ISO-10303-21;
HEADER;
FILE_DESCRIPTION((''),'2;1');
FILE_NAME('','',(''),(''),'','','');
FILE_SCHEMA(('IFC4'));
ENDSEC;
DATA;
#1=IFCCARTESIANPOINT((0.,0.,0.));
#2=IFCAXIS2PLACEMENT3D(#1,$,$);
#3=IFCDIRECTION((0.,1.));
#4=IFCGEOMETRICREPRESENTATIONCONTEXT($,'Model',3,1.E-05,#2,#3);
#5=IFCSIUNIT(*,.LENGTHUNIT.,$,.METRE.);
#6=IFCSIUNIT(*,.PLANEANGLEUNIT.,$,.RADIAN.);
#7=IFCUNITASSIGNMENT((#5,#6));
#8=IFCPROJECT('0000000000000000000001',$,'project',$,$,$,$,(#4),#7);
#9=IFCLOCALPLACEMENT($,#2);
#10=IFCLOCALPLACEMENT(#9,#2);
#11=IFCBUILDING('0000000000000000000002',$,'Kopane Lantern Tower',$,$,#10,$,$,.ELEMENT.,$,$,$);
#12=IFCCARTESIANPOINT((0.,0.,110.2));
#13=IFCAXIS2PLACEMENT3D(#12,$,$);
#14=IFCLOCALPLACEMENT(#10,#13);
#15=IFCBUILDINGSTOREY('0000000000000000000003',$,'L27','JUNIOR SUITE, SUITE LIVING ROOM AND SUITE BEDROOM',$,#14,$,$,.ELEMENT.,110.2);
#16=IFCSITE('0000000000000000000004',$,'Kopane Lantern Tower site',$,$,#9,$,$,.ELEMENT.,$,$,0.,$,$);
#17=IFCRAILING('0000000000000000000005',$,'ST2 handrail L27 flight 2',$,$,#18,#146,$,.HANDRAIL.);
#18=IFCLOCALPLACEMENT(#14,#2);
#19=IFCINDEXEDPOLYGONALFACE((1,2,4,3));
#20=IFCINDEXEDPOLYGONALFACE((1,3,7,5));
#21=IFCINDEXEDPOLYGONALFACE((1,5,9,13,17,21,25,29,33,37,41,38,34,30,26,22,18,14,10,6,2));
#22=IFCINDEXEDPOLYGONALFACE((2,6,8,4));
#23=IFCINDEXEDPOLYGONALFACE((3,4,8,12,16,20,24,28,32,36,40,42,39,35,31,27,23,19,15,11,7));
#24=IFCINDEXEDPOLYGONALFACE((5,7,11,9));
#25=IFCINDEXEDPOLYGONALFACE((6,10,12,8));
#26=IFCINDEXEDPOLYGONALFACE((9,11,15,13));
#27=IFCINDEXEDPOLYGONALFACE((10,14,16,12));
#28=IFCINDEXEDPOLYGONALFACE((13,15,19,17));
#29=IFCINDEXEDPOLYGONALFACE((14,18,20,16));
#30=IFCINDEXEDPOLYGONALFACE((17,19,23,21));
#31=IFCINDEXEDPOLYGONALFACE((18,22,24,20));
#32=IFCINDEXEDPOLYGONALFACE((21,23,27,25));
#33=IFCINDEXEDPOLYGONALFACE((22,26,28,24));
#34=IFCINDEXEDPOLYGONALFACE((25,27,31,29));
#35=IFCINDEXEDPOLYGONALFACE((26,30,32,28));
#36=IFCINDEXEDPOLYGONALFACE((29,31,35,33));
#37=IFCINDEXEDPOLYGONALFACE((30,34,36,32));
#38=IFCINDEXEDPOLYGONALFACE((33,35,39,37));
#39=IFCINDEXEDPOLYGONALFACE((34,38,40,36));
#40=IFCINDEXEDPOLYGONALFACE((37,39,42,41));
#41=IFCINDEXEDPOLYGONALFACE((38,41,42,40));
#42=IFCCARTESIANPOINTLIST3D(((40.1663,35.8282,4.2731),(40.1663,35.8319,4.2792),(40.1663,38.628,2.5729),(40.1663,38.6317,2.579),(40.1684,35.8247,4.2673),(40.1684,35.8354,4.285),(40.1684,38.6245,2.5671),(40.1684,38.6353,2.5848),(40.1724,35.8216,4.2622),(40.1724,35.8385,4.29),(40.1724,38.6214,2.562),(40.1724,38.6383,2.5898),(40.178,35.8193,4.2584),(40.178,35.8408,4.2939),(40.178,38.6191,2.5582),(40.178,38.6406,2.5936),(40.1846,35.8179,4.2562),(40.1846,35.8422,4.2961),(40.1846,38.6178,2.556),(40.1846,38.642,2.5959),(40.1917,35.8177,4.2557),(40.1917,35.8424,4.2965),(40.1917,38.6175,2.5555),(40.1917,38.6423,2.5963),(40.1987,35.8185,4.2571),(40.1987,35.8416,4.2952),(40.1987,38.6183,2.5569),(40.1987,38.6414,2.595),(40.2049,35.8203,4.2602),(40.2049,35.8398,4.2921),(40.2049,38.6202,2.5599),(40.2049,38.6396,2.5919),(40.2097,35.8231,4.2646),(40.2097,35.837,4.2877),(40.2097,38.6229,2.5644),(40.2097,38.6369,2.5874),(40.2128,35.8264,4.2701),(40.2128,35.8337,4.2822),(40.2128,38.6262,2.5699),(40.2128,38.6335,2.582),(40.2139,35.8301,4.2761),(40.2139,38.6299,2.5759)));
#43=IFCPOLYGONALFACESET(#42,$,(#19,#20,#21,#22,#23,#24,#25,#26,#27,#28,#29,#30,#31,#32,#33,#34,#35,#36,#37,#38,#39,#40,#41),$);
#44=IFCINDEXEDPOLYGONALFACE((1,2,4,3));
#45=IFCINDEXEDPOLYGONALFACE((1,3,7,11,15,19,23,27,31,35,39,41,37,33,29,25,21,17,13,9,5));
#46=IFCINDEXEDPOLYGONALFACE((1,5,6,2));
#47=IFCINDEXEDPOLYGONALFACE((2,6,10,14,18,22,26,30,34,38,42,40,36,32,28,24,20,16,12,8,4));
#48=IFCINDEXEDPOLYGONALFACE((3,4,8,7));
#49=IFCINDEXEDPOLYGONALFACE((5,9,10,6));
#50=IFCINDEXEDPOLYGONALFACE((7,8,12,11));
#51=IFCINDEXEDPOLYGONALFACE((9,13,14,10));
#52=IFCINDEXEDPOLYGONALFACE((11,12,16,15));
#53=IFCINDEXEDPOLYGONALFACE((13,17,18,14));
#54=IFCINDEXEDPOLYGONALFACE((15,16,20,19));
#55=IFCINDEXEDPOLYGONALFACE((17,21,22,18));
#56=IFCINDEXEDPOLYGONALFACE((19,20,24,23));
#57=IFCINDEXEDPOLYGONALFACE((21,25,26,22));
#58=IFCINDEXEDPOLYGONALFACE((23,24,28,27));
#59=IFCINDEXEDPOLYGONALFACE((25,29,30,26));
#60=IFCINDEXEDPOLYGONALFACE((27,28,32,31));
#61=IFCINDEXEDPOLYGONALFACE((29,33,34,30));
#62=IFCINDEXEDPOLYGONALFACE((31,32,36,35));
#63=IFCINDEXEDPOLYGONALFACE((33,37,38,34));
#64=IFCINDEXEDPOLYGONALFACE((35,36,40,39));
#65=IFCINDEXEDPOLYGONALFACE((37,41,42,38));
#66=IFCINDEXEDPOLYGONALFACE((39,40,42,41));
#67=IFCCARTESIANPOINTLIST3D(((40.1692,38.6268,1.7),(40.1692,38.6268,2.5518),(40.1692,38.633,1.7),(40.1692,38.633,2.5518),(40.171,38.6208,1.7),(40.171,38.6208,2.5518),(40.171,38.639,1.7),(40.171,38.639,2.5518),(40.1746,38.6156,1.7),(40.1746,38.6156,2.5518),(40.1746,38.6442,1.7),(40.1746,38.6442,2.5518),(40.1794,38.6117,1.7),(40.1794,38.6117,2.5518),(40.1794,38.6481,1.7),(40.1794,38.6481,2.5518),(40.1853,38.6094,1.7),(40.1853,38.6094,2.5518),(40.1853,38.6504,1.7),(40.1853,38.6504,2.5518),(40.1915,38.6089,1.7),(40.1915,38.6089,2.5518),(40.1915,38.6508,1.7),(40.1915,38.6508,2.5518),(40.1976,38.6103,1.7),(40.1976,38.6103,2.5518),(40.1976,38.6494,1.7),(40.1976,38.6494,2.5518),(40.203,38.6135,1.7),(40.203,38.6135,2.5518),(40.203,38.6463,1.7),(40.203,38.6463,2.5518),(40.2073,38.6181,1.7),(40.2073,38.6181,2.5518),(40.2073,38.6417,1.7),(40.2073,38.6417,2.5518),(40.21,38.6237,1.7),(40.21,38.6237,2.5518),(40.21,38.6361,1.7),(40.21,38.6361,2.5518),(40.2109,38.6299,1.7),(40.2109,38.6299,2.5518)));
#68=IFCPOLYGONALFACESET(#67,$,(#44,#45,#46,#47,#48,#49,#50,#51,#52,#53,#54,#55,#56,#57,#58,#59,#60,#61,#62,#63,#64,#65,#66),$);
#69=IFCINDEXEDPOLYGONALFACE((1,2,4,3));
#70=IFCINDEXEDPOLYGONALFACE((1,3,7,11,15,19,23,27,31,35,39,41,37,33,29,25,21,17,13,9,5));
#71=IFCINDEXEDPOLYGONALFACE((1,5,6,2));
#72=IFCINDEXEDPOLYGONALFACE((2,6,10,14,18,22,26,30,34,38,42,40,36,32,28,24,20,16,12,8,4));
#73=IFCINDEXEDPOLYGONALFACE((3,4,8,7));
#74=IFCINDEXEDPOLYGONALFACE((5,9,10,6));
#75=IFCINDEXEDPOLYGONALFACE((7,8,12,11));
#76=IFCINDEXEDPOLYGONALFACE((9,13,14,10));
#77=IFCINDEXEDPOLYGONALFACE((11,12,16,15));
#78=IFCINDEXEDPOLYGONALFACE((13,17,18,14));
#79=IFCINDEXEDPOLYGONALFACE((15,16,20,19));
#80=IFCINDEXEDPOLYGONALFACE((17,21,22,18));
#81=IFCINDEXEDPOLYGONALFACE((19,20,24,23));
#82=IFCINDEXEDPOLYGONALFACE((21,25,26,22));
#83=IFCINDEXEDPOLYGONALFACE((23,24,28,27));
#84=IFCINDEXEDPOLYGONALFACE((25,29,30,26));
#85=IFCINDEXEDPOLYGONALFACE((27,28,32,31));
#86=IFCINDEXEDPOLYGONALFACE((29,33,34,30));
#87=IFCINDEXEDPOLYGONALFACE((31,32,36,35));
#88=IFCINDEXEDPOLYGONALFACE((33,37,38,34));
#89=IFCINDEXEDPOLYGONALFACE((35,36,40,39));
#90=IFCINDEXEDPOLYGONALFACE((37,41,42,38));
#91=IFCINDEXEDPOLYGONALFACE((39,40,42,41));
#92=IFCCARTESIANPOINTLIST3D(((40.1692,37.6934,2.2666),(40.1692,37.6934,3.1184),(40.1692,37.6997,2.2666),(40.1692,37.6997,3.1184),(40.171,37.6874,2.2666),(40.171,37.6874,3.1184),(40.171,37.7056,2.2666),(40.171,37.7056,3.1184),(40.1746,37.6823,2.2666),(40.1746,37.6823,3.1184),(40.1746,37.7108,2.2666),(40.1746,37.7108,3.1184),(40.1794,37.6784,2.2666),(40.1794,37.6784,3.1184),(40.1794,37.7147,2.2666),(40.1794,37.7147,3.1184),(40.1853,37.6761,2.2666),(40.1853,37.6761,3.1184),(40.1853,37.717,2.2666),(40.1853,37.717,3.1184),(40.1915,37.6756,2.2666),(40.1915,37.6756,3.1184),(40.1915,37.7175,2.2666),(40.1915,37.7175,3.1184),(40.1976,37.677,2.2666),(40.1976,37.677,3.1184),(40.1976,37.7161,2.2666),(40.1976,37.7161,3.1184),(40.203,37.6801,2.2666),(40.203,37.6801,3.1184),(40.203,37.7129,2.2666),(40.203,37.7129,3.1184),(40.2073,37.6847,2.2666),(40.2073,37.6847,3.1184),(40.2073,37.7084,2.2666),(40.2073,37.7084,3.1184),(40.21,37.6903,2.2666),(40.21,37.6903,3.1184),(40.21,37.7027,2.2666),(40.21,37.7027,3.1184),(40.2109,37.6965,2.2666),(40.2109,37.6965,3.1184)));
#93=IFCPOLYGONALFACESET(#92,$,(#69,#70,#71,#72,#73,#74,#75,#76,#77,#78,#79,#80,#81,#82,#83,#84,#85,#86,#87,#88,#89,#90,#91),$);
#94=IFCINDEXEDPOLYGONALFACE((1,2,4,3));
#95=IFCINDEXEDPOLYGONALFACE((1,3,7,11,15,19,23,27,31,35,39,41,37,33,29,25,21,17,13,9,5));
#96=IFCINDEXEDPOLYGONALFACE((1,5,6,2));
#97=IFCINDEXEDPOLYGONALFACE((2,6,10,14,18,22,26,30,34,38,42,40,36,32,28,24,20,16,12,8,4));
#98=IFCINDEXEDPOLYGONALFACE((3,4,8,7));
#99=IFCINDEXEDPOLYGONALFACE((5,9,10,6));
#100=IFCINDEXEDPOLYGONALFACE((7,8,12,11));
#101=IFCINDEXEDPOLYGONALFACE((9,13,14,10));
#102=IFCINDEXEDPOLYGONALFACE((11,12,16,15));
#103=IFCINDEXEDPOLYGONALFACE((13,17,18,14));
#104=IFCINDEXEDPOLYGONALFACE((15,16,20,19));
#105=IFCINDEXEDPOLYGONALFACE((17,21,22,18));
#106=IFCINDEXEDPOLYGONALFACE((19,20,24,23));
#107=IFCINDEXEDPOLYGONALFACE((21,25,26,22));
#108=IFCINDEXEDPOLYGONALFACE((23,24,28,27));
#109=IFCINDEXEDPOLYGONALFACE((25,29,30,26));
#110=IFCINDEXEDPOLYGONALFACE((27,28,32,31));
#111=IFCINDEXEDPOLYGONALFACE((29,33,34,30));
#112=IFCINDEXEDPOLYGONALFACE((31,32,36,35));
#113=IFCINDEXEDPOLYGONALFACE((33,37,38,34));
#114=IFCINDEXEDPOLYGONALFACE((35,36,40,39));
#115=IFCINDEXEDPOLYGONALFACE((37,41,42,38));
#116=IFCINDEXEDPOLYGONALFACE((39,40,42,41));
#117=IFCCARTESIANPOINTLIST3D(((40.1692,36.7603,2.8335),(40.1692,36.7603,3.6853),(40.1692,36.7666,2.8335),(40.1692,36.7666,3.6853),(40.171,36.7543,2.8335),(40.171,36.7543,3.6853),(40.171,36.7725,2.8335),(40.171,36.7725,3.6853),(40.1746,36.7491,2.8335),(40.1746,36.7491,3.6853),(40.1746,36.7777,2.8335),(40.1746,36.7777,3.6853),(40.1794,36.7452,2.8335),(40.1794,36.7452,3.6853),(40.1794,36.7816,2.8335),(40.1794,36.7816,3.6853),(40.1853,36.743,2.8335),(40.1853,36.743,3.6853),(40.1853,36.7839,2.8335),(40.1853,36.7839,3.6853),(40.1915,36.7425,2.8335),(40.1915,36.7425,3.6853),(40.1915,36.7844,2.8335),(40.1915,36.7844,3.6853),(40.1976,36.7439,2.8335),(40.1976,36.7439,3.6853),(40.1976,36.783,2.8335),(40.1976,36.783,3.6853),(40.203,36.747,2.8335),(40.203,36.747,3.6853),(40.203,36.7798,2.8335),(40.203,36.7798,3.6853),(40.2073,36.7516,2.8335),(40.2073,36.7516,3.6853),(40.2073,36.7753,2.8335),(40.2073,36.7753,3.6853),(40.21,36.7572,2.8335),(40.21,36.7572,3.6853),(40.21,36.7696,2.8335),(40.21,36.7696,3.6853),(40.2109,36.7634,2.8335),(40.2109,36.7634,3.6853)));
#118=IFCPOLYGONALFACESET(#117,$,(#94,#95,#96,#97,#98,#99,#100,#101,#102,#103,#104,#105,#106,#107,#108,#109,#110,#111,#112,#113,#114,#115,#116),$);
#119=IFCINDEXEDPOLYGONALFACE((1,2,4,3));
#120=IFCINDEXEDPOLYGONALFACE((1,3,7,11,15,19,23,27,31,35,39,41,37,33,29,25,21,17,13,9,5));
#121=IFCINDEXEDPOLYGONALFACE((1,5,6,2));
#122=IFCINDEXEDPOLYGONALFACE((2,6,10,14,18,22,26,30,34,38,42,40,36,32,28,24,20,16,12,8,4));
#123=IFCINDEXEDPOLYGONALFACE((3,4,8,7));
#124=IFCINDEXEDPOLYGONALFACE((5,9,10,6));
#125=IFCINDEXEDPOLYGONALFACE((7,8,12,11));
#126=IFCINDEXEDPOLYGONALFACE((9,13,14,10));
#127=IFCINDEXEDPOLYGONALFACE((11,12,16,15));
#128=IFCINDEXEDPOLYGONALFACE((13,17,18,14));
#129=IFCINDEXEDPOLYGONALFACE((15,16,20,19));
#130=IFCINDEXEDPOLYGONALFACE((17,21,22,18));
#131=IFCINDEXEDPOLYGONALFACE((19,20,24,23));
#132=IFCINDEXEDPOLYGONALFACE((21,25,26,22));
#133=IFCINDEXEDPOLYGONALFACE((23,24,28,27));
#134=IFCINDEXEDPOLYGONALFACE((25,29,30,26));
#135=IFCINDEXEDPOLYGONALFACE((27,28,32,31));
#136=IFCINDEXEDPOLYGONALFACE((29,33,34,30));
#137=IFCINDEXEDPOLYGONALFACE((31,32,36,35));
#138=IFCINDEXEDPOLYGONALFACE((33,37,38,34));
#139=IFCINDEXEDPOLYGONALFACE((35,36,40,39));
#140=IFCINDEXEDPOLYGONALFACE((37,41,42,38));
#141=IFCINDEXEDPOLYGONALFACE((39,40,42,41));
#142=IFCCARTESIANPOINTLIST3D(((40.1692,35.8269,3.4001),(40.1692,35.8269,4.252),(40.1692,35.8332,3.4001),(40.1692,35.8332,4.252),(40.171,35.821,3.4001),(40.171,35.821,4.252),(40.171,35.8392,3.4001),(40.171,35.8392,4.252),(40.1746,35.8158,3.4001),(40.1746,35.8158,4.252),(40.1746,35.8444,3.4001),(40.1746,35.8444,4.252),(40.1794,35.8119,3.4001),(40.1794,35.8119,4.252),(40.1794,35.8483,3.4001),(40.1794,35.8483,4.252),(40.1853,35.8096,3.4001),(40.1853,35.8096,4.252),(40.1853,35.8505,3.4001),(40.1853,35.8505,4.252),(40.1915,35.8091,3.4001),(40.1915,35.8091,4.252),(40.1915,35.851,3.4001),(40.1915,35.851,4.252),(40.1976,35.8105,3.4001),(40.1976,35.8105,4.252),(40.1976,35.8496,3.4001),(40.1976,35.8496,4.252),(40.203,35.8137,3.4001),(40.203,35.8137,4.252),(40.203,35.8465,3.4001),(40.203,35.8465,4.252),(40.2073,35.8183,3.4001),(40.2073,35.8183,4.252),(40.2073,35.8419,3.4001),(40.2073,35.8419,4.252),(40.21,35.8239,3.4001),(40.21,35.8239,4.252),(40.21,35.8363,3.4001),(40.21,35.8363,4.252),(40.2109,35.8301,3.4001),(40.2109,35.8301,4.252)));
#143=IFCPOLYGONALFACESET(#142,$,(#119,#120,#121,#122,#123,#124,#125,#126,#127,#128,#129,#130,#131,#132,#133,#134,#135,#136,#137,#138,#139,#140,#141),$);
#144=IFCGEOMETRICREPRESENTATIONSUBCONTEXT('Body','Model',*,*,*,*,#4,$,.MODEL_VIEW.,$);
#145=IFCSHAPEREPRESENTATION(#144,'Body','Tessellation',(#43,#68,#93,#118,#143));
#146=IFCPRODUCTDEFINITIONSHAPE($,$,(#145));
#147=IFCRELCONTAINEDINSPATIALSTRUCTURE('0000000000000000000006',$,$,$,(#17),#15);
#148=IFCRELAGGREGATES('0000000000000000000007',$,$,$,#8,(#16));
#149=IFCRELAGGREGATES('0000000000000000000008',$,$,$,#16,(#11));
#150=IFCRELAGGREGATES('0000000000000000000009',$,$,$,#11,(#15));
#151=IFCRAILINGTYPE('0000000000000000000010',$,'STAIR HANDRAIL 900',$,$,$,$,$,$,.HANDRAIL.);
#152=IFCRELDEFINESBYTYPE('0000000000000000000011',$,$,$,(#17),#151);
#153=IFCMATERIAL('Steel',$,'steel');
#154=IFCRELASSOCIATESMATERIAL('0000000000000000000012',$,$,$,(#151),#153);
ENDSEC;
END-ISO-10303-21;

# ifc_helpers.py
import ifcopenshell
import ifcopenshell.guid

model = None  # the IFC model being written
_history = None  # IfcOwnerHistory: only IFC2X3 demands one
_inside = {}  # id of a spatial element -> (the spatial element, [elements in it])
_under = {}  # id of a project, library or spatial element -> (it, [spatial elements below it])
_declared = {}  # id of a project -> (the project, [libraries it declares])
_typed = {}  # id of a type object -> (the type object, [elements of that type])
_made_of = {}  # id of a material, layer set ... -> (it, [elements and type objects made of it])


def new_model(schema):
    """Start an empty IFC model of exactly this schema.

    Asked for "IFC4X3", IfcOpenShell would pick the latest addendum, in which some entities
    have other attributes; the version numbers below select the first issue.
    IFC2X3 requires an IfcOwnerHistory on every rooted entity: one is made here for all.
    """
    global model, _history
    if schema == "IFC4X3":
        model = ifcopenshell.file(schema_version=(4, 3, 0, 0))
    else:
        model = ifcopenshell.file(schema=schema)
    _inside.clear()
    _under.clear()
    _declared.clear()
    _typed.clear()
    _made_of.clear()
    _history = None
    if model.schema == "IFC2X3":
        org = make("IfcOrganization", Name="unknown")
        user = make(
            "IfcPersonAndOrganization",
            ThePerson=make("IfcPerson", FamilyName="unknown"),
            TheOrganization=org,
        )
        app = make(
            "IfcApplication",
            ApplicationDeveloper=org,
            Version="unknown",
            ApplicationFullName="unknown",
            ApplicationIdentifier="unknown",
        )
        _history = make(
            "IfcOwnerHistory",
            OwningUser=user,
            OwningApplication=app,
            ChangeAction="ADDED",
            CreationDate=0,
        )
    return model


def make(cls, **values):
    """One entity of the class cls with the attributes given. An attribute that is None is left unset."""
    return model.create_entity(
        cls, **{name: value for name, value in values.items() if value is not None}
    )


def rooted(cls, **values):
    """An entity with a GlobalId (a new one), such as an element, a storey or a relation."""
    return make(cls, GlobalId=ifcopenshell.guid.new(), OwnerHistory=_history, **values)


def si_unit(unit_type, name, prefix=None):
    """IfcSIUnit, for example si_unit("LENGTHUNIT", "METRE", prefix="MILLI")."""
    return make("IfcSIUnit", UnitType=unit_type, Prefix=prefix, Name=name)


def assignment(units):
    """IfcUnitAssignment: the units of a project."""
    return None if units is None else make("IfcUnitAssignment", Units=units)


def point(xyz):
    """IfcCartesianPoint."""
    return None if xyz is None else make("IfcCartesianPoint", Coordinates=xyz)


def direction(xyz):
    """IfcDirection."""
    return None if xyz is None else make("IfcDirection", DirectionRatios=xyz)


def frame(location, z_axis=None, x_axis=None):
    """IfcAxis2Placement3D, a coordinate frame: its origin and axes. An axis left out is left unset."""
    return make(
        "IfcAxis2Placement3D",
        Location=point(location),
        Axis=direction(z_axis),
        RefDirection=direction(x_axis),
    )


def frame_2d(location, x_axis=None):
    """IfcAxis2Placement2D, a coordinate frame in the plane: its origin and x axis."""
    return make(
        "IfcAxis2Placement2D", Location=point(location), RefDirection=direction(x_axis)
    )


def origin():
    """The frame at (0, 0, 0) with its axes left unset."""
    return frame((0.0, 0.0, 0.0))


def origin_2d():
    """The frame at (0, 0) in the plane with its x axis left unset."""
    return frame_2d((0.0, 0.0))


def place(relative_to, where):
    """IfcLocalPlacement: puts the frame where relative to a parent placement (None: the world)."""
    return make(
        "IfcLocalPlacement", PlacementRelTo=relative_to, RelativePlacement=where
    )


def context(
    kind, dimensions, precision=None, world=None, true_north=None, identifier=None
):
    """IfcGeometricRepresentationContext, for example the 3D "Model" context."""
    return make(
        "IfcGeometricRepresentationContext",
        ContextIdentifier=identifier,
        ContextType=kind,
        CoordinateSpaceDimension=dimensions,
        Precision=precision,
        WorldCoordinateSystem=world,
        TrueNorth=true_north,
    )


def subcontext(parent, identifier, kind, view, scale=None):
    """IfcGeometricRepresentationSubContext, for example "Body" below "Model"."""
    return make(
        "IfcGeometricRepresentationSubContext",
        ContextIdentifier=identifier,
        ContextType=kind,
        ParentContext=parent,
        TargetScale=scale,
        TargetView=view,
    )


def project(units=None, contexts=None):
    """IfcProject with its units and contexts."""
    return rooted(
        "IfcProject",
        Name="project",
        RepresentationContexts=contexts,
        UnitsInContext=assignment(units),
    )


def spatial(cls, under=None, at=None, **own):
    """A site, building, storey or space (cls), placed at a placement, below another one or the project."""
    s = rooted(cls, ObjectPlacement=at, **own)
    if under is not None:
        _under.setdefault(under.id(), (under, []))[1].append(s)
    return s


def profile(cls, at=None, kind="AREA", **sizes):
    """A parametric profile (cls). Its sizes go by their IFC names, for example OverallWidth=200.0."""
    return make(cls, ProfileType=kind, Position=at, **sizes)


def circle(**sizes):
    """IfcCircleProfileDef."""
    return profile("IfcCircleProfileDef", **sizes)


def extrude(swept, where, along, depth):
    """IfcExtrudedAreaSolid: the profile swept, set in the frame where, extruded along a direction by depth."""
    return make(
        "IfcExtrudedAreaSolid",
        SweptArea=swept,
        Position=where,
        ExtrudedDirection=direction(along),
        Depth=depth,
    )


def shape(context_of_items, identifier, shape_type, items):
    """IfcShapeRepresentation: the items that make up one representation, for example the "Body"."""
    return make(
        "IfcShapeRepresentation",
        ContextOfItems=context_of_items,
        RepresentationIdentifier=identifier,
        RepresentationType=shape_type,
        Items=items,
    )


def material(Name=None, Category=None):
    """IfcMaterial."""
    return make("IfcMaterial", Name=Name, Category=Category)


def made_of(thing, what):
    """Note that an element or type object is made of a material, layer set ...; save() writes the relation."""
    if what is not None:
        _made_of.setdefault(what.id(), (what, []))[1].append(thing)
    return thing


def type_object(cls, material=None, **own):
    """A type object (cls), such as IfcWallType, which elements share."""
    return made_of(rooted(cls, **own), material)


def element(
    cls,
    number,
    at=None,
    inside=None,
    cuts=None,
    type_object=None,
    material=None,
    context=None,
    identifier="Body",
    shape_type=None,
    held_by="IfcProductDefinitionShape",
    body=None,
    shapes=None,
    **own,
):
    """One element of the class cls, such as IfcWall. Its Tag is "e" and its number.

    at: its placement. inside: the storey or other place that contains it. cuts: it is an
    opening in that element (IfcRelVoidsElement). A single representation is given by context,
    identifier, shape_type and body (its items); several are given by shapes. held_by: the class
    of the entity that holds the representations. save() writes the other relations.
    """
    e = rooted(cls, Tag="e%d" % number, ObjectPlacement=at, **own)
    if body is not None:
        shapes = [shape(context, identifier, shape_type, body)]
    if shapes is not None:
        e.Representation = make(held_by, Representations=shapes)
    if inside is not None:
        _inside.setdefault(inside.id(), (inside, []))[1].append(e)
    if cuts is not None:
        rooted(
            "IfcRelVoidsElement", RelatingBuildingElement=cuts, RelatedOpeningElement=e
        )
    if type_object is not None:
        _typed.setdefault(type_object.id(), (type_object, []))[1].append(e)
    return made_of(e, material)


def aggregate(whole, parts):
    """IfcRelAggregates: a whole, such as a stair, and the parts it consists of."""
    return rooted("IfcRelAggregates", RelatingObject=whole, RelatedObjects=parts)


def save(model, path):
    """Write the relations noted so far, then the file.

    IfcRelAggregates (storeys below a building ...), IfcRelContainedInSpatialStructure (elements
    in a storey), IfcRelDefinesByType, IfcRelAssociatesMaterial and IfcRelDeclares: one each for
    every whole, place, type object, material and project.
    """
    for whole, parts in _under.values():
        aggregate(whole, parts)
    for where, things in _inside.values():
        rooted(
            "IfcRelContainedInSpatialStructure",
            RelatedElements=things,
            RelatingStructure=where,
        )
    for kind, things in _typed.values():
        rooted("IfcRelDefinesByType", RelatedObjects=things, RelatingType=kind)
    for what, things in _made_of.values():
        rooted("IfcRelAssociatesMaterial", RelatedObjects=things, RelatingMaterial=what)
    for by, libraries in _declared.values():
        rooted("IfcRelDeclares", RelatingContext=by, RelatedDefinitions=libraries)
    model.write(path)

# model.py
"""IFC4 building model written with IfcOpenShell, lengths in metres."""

from ifc_helpers import new_model, si_unit, direction, frame, origin, origin_2d, place, context, subcontext, project, spatial, circle, extrude, material, type_object, element, save


model = new_model("IFC4")

# Units and contexts
model_context = context("Model", 3, precision=1e-05, world=origin(), true_north=direction((0.0, 1.0)))
body_context = subcontext(model_context, "Body", "Model", "MODEL_VIEW")
ifc_project = project(units=[si_unit("LENGTHUNIT", "METRE"), si_unit("PLANEANGLEUNIT", "RADIAN")], contexts=[model_context])

# Site, building, storey
site_placement = place(None, origin())
site = spatial("IfcSite", under=ifc_project, at=site_placement, Name="Kopane Lantern Tower site", CompositionType="ELEMENT", RefElevation=0.0)
building_placement = place(site_placement, origin())
building = spatial("IfcBuilding", under=site, at=building_placement, Name="Kopane Lantern Tower", CompositionType="ELEMENT")
storey_placement = place(building_placement, frame((0.0, 0.0, 110.2)))
storey = spatial("IfcBuildingStorey", under=building, at=storey_placement, Name="L27", Description="JUNIOR SUITE, SUITE LIVING ROOM AND SUITE BEDROOM", CompositionType="ELEMENT", Elevation=110.2)

# Railing
ifc_material_1 = material(Name="Steel", Category="steel")
railing_type_1 = type_object("IfcRailingType", Name="STAIR HANDRAIL 900", PredefinedType="HANDRAIL", material=ifc_material_1)
for number, where, name in (
    (1, (40.1899, 38.6299, 1.7), "ST2 handrail L27 flight 2"),
):
    element("IfcRailing", number, at=place(storey_placement, frame(where)), inside=storey, type_object=railing_type_1, Name=name, PredefinedType="HANDRAIL", context=body_context, shape_type="SweptSolid", body=[
        extrude(circle(Radius=0.0239, at=origin_2d()), frame((0.0, 0.0, 0.876), z_axis=(0.0, -0.854745, 0.519048), x_axis=(1.0, 0.0, 0.0)), (0.0, 0.0, 1.0), 3.2756),
        extrude(circle(Radius=0.021, at=origin_2d()), origin(), (0.0, 0.0, 1.0), 0.8518),
        extrude(circle(Radius=0.021, at=origin_2d()), frame((0.0, -0.9333, 0.5667)), (0.0, 0.0, 1.0), 0.8518),
        extrude(circle(Radius=0.021, at=origin_2d()), frame((0.0, -1.8665, 1.1335)), (0.0, 0.0, 1.0), 0.8518),
        extrude(circle(Radius=0.021, at=origin_2d()), frame((0.0, -2.7998, 1.7002)), (0.0, 0.0, 1.0), 0.8518),
    ])

save(model, "model.ifc")
